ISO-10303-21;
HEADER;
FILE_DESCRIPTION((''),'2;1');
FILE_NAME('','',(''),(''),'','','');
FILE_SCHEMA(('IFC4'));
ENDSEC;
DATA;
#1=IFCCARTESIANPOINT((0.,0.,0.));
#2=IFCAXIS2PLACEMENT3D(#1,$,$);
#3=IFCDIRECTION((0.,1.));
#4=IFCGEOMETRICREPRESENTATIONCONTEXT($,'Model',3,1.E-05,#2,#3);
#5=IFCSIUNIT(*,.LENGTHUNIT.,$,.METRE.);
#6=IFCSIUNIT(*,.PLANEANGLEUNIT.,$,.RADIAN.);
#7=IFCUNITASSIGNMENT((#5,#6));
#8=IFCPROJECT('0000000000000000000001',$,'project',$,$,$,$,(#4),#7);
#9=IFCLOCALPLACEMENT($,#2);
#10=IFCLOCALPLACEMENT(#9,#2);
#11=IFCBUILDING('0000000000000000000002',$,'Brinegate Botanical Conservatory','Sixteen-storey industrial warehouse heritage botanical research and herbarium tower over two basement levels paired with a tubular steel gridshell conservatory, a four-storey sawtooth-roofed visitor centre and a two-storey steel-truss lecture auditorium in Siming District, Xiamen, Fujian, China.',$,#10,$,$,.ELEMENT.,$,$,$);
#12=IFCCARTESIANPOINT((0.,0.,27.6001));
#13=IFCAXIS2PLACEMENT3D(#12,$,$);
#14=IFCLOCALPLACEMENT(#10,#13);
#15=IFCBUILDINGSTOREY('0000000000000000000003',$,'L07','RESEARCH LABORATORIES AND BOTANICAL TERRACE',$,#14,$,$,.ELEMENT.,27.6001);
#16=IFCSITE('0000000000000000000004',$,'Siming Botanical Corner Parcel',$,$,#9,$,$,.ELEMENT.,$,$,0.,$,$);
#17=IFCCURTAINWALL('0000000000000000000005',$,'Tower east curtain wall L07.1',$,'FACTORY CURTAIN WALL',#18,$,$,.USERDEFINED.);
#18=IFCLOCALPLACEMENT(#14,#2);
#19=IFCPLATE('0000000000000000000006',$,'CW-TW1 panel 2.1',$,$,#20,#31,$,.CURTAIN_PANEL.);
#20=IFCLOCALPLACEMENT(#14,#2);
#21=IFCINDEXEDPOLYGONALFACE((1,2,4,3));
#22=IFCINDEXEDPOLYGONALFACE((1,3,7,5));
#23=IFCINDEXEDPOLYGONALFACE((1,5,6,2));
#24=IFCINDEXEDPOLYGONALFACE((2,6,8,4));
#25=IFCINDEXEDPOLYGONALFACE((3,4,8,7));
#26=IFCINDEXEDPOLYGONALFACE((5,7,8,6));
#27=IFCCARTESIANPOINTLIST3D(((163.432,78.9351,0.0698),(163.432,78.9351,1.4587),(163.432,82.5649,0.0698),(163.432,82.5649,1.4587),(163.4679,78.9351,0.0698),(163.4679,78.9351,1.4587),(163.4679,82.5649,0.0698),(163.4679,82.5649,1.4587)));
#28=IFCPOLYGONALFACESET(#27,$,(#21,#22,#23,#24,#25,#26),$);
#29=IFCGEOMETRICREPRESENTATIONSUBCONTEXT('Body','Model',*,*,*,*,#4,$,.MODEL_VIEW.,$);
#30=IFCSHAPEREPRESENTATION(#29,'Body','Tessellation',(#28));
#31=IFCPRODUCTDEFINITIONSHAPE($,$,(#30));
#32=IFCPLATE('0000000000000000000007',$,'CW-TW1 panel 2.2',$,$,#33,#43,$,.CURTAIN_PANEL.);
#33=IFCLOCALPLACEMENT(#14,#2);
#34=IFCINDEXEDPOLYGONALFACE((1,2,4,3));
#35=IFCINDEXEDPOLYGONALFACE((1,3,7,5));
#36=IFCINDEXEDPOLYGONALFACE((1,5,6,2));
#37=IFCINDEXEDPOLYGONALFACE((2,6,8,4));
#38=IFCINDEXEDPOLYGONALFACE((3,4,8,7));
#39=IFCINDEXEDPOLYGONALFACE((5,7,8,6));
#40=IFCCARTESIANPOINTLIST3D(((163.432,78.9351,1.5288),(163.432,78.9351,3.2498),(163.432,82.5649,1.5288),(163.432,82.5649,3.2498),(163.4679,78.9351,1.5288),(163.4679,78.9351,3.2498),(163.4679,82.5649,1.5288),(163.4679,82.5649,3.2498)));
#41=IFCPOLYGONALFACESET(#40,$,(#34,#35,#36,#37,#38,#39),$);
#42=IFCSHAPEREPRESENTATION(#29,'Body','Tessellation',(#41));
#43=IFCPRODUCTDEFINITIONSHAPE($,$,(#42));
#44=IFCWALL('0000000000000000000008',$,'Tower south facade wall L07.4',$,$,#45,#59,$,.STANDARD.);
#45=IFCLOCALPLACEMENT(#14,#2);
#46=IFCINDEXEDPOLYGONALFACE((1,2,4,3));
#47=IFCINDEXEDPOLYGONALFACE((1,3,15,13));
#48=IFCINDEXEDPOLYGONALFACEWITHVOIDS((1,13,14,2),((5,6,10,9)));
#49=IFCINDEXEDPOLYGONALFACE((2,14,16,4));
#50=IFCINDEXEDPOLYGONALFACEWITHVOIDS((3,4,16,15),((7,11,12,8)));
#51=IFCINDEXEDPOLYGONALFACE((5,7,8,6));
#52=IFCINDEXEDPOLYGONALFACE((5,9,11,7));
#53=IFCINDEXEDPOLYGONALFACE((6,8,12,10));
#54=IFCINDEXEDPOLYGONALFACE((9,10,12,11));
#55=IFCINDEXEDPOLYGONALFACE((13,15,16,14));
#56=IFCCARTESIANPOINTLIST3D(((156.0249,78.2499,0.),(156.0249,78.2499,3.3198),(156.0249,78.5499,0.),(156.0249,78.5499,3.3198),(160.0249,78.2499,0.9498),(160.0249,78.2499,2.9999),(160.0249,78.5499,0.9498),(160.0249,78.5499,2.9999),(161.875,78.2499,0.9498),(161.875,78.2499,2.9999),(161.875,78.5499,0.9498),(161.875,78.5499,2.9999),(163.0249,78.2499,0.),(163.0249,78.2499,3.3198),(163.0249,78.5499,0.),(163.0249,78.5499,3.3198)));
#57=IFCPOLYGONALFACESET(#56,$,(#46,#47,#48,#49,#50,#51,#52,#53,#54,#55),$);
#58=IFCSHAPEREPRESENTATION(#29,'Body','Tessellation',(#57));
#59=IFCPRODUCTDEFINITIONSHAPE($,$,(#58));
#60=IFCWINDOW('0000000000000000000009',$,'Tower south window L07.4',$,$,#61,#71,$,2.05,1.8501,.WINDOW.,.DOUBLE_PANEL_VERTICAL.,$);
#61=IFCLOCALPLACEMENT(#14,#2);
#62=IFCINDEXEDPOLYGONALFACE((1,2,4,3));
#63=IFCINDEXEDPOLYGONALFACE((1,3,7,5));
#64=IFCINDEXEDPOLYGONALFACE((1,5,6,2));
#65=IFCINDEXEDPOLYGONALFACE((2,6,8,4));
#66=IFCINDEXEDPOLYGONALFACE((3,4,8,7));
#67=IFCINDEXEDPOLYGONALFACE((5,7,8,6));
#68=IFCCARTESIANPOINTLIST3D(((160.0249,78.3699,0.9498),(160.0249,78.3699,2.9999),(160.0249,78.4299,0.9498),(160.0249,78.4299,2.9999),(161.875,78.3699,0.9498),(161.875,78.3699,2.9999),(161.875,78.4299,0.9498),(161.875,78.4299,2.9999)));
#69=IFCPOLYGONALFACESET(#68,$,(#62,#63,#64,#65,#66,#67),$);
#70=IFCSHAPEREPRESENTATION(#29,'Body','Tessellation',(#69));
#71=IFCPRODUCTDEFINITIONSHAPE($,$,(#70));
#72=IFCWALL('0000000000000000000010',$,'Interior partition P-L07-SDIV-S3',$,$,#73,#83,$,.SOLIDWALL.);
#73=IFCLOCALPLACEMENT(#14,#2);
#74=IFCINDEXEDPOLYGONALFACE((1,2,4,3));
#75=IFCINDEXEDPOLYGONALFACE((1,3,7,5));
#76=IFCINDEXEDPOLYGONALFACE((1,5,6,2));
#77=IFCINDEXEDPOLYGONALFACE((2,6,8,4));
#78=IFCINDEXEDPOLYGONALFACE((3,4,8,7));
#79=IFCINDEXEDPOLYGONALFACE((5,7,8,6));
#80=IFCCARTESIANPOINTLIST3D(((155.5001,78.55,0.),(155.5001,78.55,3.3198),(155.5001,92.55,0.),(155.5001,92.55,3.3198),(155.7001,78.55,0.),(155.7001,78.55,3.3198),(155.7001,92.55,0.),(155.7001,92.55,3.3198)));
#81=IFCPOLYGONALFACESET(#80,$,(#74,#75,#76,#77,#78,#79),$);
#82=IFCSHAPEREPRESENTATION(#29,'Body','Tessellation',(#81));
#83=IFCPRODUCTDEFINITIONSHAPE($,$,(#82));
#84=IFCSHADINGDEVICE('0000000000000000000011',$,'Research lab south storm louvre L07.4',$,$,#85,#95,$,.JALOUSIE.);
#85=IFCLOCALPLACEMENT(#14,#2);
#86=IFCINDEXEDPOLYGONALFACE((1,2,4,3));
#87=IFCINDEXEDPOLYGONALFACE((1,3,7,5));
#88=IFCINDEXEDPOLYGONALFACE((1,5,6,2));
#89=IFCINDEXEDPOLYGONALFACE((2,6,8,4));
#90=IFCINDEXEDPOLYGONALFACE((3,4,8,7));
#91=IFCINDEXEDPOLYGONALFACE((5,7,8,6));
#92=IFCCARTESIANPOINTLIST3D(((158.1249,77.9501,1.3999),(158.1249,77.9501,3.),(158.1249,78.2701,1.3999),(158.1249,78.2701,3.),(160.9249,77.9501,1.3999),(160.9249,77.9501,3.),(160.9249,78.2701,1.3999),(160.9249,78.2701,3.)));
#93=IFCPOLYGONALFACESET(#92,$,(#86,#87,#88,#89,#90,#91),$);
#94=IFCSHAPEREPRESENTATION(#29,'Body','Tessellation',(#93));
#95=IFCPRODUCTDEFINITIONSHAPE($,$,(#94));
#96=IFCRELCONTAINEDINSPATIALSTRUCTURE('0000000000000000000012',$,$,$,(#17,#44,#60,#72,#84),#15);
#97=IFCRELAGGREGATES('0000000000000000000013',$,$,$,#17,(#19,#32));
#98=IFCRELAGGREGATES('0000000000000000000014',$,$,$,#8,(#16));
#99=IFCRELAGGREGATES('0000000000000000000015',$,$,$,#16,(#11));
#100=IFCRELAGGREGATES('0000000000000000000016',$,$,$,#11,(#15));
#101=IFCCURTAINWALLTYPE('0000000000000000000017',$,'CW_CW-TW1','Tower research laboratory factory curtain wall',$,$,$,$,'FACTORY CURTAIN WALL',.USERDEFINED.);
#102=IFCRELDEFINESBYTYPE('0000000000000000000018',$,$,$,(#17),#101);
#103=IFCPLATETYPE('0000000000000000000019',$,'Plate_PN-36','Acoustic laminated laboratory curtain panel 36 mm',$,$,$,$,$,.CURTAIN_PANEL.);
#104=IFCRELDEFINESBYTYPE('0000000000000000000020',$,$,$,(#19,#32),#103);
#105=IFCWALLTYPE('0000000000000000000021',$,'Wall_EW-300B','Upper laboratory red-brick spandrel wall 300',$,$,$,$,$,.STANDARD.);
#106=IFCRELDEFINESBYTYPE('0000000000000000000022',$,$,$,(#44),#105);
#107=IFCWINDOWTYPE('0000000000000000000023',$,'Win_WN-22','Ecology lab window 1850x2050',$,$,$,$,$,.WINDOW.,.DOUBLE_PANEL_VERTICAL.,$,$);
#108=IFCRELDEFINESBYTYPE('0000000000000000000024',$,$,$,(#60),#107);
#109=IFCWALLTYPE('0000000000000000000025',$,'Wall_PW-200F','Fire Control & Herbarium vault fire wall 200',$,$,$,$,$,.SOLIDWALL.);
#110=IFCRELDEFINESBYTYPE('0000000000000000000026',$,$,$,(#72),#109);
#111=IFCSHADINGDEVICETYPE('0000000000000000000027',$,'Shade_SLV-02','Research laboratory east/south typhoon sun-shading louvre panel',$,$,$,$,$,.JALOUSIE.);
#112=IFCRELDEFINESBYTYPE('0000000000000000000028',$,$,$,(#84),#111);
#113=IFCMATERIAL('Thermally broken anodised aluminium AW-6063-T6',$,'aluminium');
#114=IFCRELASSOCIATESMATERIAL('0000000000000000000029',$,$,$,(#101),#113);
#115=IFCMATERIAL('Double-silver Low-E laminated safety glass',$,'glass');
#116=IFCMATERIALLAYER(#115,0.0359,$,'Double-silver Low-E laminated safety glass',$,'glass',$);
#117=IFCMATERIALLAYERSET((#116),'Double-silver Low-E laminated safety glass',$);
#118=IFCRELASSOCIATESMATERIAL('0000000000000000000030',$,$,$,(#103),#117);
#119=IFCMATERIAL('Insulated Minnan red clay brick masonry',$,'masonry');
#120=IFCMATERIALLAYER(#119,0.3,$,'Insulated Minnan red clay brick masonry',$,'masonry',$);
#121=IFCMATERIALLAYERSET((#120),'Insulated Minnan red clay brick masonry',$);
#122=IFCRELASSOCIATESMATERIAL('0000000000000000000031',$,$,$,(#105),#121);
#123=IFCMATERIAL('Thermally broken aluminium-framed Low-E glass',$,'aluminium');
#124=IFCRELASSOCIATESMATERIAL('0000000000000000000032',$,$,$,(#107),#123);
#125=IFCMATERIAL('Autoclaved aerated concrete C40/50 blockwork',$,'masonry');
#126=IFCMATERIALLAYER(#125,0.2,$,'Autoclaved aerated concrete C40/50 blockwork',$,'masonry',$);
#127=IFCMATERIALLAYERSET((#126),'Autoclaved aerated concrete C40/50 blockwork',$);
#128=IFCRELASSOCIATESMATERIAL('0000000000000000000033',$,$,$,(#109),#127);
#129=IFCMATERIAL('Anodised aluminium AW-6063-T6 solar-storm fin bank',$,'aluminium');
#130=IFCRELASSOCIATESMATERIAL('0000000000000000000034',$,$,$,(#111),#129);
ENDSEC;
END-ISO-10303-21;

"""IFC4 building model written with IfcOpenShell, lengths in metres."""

from ifc_helpers import new_model, si_unit, direction, frame, frame_2d, origin, origin_2d, place, context, subcontext, project, spatial, rectangle, extrude, material, layer, layer_set, type_object, element, fill, aggregate, save


model = new_model("IFC4")

# Units and contexts
model_context = context("Model", 3, precision=1e-05, world=origin(), true_north=direction((0.0, 1.0)))
body_context = subcontext(model_context, "Body", "Model", "MODEL_VIEW")
ifc_project = project(units=[si_unit("LENGTHUNIT", "METRE"), si_unit("PLANEANGLEUNIT", "RADIAN")], contexts=[model_context])

# Site, building, storey
site_placement = place(None, origin())
site = spatial("IfcSite", under=ifc_project, at=site_placement, Name="Siming Botanical Corner Parcel", CompositionType="ELEMENT", RefElevation=0.0)
building_placement = place(site_placement, origin())
building = spatial("IfcBuilding", under=site, at=building_placement, Name="Brinegate Botanical Conservatory", Description="Sixteen-storey industrial warehouse heritage botanical research and herbarium tower over two basement levels paired with a tubular steel gridshell conservatory, a four-storey sawtooth-roofed visitor centre and a two-storey steel-truss lecture auditorium in Siming District, Xiamen, Fujian, China.", CompositionType="ELEMENT")
storey_placement = place(building_placement, frame((0.0, 0.0, 27.6001)))
storey = spatial("IfcBuildingStorey", under=building, at=storey_placement, Name="L07", Description="RESEARCH LABORATORIES AND BOTANICAL TERRACE", CompositionType="ELEMENT", Elevation=27.6001)

# Curtain wall
ifc_material_1 = material(Name="Thermally broken anodised aluminium AW-6063-T6", Category="aluminium")
curtain_wall_type = type_object("IfcCurtainWallType", Name="CW_CW-TW1", Description="Tower research laboratory factory curtain wall", ElementType="FACTORY CURTAIN WALL", PredefinedType="USERDEFINED", material=ifc_material_1)
curtain_wall_1_placement = place(storey_placement, origin())
curtain_wall_1 = element("IfcCurtainWall", 1, at=curtain_wall_1_placement, inside=storey, type_object=curtain_wall_type, Name="Tower east curtain wall L07.1", ObjectType="FACTORY CURTAIN WALL", PredefinedType="USERDEFINED")

# Plates
ifc_material_2 = material(Name="Double-silver Low-E laminated safety glass", Category="glass")
ifc_layer_1 = layer(ifc_material_2, 0.0359, Name="Double-silver Low-E laminated safety glass", Category="glass")
ifc_layer_set_1 = layer_set([ifc_layer_1], Name="Double-silver Low-E laminated safety glass")
plate_type = type_object("IfcPlateType", Name="Plate_PN-36", Description="Acoustic laminated laboratory curtain panel 36 mm", PredefinedType="CURTAIN_PANEL", material=ifc_layer_set_1)
plate_1_placement = place(storey_placement, frame((163.45, 80.75, 0.0698), z_axis=(0.0, 0.0, 1.0), x_axis=(0.0, -1.0, 0.0)))
plate_1 = element("IfcPlate", 2, at=plate_1_placement, type_object=plate_type, Name="CW-TW1 panel 2.1", PredefinedType="CURTAIN_PANEL", context=body_context, shape_type="SweptSolid", body=[
    extrude(rectangle(XDim=3.6299, YDim=0.0359, at=origin_2d()), origin(), (0.0, 0.0, 1.0), 1.3889),
])
plate_2_placement = place(storey_placement, frame((163.45, 80.75, 1.5288), z_axis=(0.0, 0.0, 1.0), x_axis=(0.0, -1.0, 0.0)))
plate_2 = element("IfcPlate", 3, at=plate_2_placement, type_object=plate_type, Name="CW-TW1 panel 2.2", PredefinedType="CURTAIN_PANEL", context=body_context, shape_type="SweptSolid", body=[
    extrude(rectangle(XDim=3.6299, YDim=0.0359, at=origin_2d()), origin(), (0.0, 0.0, 1.0), 1.7209),
])
aggregate(curtain_wall_1, [plate_1, plate_2])

# Wall, opening, window
ifc_material_3 = material(Name="Insulated Minnan red clay brick masonry", Category="masonry")
ifc_layer_2 = layer(ifc_material_3, 0.3, Name="Insulated Minnan red clay brick masonry", Category="masonry")
ifc_layer_set_2 = layer_set([ifc_layer_2], Name="Insulated Minnan red clay brick masonry")
wall_type_1 = type_object("IfcWallType", Name="Wall_EW-300B", Description="Upper laboratory red-brick spandrel wall 300", PredefinedType="STANDARD", material=ifc_layer_set_2)
wall_1_placement = place(storey_placement, frame((163.0249, 78.3999, 0.0), z_axis=(0.0, 0.0, 1.0), x_axis=(-1.0, 0.0, 0.0)))
wall_1 = element("IfcWall", 4, at=wall_1_placement, inside=storey, type_object=wall_type_1, Name="Tower south facade wall L07.4", PredefinedType="STANDARD", context=body_context, shape_type="SweptSolid", body=[
    extrude(rectangle(XDim=7.0, YDim=0.3, at=frame_2d((3.5, 0.0))), origin(), (0.0, 0.0, 1.0), 3.3198),
])
opening_placement = place(wall_1_placement, frame((1.1499, 0.0, 0.95)))
opening = element("IfcOpeningElement", 5, at=opening_placement, cuts=wall_1, PredefinedType="OPENING", context=body_context, shape_type="SweptSolid", body=[
    extrude(rectangle(XDim=1.8501, YDim=2.05, at=frame_2d((0.925, 1.0249))), frame((0.0, 0.1599, 0.0), z_axis=(0.0, -1.0, 0.0), x_axis=(1.0, 0.0, 0.0)), (0.0, 0.0, 1.0), 0.3201),
])
ifc_material_4 = material(Name="Thermally broken aluminium-framed Low-E glass", Category="aluminium")
window_type = type_object("IfcWindowType", Name="Win_WN-22", Description="Ecology lab window 1850x2050", PartitioningType="DOUBLE_PANEL_VERTICAL", PredefinedType="WINDOW", material=ifc_material_4)
window_placement = place(opening_placement, origin())
window = element("IfcWindow", 6, at=window_placement, inside=storey, type_object=window_type, Name="Tower south window L07.4", OverallHeight=2.05, OverallWidth=1.8501, PartitioningType="DOUBLE_PANEL_VERTICAL", PredefinedType="WINDOW", context=body_context, shape_type="SweptSolid", body=[
    extrude(rectangle(XDim=1.8501, YDim=2.05, at=frame_2d((0.925, 1.0249))), frame((0.0, 0.03, 0.0), z_axis=(0.0, -1.0, 0.0), x_axis=(1.0, 0.0, 0.0)), (0.0, 0.0, 1.0), 0.0601),
])
fill(opening, window)

# Wall
ifc_material_5 = material(Name="Autoclaved aerated concrete C40/50 blockwork", Category="masonry")
ifc_layer_3 = layer(ifc_material_5, 0.2, Name="Autoclaved aerated concrete C40/50 blockwork", Category="masonry")
ifc_layer_set_3 = layer_set([ifc_layer_3], Name="Autoclaved aerated concrete C40/50 blockwork")
wall_type_2 = type_object("IfcWallType", Name="Wall_PW-200F", Description="Fire Control & Herbarium vault fire wall 200", PredefinedType="SOLIDWALL", material=ifc_layer_set_3)
wall_2_placement = place(storey_placement, frame((155.6001, 78.55, 0.0), z_axis=(0.0, 0.0, 1.0), x_axis=(0.0, 1.0, 0.0)))
element("IfcWall", 7, at=wall_2_placement, inside=storey, type_object=wall_type_2, Name="Interior partition P-L07-SDIV-S3", PredefinedType="SOLIDWALL", context=body_context, shape_type="SweptSolid", body=[
    extrude(rectangle(XDim=14.0, YDim=0.2, at=frame_2d((7.0, 0.0))), origin(), (0.0, 0.0, 1.0), 3.3198),
])

# Shading device
ifc_material_6 = material(Name="Anodised aluminium AW-6063-T6 solar-storm fin bank", Category="aluminium")
shading_device_type = type_object("IfcShadingDeviceType", Name="Shade_SLV-02", Description="Research laboratory east/south typhoon sun-shading louvre panel", PredefinedType="JALOUSIE", material=ifc_material_6)
shading_device_placement = place(storey_placement, frame((159.5249, 78.1101, 1.3999), z_axis=(0.0, 0.0, 1.0), x_axis=(1.0, 0.0, 0.0)))
element("IfcShadingDevice", 8, at=shading_device_placement, inside=storey, type_object=shading_device_type, Name="Research lab south storm louvre L07.4", PredefinedType="JALOUSIE", context=body_context, shape_type="SweptSolid", body=[
    extrude(rectangle(XDim=2.8, YDim=0.3201, at=origin_2d()), origin(), (0.0, 0.0, 1.0), 1.6001),
])

save(model, "model.ifc")
